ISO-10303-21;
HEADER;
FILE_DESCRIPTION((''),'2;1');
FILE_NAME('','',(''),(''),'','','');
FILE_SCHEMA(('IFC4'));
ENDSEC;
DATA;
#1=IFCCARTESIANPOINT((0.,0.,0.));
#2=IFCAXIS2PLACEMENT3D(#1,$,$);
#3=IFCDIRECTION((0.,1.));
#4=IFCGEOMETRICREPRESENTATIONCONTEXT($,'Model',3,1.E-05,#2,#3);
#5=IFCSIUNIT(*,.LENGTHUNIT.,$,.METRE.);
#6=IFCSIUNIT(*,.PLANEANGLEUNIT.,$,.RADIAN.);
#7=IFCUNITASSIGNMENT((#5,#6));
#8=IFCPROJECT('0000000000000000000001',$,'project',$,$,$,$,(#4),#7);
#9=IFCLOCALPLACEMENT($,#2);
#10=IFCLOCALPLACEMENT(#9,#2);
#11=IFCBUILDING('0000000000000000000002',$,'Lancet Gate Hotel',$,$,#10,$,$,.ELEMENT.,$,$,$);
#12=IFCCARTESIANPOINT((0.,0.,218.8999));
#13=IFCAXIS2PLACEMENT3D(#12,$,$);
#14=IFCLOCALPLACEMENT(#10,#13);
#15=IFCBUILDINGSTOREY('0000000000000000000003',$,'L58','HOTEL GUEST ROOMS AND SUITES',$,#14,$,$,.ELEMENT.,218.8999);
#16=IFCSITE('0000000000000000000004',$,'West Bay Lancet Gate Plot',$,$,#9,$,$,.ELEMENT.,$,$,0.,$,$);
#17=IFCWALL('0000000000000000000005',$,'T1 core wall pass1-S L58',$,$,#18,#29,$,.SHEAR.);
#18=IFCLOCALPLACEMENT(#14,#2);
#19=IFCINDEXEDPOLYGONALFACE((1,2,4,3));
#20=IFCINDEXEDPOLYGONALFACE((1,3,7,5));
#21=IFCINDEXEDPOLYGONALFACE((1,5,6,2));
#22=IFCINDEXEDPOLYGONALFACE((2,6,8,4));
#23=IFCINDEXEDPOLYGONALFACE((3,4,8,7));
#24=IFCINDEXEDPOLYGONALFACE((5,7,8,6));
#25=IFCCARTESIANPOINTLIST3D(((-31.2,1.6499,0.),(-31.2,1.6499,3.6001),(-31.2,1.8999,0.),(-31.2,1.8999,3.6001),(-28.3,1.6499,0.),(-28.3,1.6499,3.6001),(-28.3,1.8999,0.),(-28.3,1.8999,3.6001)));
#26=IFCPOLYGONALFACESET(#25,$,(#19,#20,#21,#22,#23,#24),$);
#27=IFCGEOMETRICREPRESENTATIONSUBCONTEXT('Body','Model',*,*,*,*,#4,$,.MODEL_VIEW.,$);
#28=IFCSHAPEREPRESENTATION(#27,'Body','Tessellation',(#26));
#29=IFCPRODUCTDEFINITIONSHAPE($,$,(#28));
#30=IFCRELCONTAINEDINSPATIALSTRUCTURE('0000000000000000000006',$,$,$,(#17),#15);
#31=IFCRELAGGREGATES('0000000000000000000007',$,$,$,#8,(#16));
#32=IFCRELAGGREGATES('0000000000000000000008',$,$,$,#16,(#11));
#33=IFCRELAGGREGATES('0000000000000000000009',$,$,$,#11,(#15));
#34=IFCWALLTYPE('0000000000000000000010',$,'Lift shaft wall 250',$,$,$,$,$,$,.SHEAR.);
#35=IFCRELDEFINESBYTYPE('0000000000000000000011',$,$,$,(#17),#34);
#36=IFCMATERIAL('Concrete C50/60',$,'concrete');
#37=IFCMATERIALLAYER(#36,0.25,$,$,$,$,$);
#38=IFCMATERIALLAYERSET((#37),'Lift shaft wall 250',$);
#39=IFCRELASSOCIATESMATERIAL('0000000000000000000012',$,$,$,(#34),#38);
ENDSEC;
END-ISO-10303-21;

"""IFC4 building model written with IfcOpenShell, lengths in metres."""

from ifc_helpers import new_model, si_unit, direction, frame, frame_2d, origin, place, context, subcontext, project, spatial, rectangle, extrude, material, layer, layer_set, type_object, element, save


model = new_model("IFC4")

# Units and contexts
model_context = context("Model", 3, precision=1e-05, world=origin(), true_north=direction((0.0, 1.0)))
body_context = subcontext(model_context, "Body", "Model", "MODEL_VIEW")
ifc_project = project(units=[si_unit("LENGTHUNIT", "METRE"), si_unit("PLANEANGLEUNIT", "RADIAN")], contexts=[model_context])

# Site, building, storey
site_placement = place(None, origin())
site = spatial("IfcSite", under=ifc_project, at=site_placement, Name="West Bay Lancet Gate Plot", CompositionType="ELEMENT", RefElevation=0.0)
building_placement = place(site_placement, origin())
building = spatial("IfcBuilding", under=site, at=building_placement, Name="Lancet Gate Hotel", CompositionType="ELEMENT")
storey_placement = place(building_placement, frame((0.0, 0.0, 218.8999)))
storey = spatial("IfcBuildingStorey", under=building, at=storey_placement, Name="L58", Description="HOTEL GUEST ROOMS AND SUITES", CompositionType="ELEMENT", Elevation=218.8999)

# Wall
ifc_material_1 = material(Name="Concrete C50/60", Category="concrete")
ifc_layer_1 = layer(ifc_material_1, 0.25)
ifc_layer_set_1 = layer_set([ifc_layer_1], Name="Lift shaft wall 250")
wall_type_1 = type_object("IfcWallType", Name="Lift shaft wall 250", PredefinedType="SHEAR", material=ifc_layer_set_1)
wall_1_placement = place(storey_placement, frame((-28.3, 1.7749, 0.0), z_axis=(0.0, 0.0, 1.0), x_axis=(-1.0, 0.0, 0.0)))
element("IfcWall", 1, at=wall_1_placement, inside=storey, type_object=wall_type_1, Name="T1 core wall pass1-S L58", PredefinedType="SHEAR", context=body_context, shape_type="SweptSolid", body=[
    extrude(rectangle(XDim=2.8999, YDim=0.25, at=frame_2d((1.45, 0.0))), origin(), (0.0, 0.0, 1.0), 3.6001),
])

save(model, "model.ifc")
